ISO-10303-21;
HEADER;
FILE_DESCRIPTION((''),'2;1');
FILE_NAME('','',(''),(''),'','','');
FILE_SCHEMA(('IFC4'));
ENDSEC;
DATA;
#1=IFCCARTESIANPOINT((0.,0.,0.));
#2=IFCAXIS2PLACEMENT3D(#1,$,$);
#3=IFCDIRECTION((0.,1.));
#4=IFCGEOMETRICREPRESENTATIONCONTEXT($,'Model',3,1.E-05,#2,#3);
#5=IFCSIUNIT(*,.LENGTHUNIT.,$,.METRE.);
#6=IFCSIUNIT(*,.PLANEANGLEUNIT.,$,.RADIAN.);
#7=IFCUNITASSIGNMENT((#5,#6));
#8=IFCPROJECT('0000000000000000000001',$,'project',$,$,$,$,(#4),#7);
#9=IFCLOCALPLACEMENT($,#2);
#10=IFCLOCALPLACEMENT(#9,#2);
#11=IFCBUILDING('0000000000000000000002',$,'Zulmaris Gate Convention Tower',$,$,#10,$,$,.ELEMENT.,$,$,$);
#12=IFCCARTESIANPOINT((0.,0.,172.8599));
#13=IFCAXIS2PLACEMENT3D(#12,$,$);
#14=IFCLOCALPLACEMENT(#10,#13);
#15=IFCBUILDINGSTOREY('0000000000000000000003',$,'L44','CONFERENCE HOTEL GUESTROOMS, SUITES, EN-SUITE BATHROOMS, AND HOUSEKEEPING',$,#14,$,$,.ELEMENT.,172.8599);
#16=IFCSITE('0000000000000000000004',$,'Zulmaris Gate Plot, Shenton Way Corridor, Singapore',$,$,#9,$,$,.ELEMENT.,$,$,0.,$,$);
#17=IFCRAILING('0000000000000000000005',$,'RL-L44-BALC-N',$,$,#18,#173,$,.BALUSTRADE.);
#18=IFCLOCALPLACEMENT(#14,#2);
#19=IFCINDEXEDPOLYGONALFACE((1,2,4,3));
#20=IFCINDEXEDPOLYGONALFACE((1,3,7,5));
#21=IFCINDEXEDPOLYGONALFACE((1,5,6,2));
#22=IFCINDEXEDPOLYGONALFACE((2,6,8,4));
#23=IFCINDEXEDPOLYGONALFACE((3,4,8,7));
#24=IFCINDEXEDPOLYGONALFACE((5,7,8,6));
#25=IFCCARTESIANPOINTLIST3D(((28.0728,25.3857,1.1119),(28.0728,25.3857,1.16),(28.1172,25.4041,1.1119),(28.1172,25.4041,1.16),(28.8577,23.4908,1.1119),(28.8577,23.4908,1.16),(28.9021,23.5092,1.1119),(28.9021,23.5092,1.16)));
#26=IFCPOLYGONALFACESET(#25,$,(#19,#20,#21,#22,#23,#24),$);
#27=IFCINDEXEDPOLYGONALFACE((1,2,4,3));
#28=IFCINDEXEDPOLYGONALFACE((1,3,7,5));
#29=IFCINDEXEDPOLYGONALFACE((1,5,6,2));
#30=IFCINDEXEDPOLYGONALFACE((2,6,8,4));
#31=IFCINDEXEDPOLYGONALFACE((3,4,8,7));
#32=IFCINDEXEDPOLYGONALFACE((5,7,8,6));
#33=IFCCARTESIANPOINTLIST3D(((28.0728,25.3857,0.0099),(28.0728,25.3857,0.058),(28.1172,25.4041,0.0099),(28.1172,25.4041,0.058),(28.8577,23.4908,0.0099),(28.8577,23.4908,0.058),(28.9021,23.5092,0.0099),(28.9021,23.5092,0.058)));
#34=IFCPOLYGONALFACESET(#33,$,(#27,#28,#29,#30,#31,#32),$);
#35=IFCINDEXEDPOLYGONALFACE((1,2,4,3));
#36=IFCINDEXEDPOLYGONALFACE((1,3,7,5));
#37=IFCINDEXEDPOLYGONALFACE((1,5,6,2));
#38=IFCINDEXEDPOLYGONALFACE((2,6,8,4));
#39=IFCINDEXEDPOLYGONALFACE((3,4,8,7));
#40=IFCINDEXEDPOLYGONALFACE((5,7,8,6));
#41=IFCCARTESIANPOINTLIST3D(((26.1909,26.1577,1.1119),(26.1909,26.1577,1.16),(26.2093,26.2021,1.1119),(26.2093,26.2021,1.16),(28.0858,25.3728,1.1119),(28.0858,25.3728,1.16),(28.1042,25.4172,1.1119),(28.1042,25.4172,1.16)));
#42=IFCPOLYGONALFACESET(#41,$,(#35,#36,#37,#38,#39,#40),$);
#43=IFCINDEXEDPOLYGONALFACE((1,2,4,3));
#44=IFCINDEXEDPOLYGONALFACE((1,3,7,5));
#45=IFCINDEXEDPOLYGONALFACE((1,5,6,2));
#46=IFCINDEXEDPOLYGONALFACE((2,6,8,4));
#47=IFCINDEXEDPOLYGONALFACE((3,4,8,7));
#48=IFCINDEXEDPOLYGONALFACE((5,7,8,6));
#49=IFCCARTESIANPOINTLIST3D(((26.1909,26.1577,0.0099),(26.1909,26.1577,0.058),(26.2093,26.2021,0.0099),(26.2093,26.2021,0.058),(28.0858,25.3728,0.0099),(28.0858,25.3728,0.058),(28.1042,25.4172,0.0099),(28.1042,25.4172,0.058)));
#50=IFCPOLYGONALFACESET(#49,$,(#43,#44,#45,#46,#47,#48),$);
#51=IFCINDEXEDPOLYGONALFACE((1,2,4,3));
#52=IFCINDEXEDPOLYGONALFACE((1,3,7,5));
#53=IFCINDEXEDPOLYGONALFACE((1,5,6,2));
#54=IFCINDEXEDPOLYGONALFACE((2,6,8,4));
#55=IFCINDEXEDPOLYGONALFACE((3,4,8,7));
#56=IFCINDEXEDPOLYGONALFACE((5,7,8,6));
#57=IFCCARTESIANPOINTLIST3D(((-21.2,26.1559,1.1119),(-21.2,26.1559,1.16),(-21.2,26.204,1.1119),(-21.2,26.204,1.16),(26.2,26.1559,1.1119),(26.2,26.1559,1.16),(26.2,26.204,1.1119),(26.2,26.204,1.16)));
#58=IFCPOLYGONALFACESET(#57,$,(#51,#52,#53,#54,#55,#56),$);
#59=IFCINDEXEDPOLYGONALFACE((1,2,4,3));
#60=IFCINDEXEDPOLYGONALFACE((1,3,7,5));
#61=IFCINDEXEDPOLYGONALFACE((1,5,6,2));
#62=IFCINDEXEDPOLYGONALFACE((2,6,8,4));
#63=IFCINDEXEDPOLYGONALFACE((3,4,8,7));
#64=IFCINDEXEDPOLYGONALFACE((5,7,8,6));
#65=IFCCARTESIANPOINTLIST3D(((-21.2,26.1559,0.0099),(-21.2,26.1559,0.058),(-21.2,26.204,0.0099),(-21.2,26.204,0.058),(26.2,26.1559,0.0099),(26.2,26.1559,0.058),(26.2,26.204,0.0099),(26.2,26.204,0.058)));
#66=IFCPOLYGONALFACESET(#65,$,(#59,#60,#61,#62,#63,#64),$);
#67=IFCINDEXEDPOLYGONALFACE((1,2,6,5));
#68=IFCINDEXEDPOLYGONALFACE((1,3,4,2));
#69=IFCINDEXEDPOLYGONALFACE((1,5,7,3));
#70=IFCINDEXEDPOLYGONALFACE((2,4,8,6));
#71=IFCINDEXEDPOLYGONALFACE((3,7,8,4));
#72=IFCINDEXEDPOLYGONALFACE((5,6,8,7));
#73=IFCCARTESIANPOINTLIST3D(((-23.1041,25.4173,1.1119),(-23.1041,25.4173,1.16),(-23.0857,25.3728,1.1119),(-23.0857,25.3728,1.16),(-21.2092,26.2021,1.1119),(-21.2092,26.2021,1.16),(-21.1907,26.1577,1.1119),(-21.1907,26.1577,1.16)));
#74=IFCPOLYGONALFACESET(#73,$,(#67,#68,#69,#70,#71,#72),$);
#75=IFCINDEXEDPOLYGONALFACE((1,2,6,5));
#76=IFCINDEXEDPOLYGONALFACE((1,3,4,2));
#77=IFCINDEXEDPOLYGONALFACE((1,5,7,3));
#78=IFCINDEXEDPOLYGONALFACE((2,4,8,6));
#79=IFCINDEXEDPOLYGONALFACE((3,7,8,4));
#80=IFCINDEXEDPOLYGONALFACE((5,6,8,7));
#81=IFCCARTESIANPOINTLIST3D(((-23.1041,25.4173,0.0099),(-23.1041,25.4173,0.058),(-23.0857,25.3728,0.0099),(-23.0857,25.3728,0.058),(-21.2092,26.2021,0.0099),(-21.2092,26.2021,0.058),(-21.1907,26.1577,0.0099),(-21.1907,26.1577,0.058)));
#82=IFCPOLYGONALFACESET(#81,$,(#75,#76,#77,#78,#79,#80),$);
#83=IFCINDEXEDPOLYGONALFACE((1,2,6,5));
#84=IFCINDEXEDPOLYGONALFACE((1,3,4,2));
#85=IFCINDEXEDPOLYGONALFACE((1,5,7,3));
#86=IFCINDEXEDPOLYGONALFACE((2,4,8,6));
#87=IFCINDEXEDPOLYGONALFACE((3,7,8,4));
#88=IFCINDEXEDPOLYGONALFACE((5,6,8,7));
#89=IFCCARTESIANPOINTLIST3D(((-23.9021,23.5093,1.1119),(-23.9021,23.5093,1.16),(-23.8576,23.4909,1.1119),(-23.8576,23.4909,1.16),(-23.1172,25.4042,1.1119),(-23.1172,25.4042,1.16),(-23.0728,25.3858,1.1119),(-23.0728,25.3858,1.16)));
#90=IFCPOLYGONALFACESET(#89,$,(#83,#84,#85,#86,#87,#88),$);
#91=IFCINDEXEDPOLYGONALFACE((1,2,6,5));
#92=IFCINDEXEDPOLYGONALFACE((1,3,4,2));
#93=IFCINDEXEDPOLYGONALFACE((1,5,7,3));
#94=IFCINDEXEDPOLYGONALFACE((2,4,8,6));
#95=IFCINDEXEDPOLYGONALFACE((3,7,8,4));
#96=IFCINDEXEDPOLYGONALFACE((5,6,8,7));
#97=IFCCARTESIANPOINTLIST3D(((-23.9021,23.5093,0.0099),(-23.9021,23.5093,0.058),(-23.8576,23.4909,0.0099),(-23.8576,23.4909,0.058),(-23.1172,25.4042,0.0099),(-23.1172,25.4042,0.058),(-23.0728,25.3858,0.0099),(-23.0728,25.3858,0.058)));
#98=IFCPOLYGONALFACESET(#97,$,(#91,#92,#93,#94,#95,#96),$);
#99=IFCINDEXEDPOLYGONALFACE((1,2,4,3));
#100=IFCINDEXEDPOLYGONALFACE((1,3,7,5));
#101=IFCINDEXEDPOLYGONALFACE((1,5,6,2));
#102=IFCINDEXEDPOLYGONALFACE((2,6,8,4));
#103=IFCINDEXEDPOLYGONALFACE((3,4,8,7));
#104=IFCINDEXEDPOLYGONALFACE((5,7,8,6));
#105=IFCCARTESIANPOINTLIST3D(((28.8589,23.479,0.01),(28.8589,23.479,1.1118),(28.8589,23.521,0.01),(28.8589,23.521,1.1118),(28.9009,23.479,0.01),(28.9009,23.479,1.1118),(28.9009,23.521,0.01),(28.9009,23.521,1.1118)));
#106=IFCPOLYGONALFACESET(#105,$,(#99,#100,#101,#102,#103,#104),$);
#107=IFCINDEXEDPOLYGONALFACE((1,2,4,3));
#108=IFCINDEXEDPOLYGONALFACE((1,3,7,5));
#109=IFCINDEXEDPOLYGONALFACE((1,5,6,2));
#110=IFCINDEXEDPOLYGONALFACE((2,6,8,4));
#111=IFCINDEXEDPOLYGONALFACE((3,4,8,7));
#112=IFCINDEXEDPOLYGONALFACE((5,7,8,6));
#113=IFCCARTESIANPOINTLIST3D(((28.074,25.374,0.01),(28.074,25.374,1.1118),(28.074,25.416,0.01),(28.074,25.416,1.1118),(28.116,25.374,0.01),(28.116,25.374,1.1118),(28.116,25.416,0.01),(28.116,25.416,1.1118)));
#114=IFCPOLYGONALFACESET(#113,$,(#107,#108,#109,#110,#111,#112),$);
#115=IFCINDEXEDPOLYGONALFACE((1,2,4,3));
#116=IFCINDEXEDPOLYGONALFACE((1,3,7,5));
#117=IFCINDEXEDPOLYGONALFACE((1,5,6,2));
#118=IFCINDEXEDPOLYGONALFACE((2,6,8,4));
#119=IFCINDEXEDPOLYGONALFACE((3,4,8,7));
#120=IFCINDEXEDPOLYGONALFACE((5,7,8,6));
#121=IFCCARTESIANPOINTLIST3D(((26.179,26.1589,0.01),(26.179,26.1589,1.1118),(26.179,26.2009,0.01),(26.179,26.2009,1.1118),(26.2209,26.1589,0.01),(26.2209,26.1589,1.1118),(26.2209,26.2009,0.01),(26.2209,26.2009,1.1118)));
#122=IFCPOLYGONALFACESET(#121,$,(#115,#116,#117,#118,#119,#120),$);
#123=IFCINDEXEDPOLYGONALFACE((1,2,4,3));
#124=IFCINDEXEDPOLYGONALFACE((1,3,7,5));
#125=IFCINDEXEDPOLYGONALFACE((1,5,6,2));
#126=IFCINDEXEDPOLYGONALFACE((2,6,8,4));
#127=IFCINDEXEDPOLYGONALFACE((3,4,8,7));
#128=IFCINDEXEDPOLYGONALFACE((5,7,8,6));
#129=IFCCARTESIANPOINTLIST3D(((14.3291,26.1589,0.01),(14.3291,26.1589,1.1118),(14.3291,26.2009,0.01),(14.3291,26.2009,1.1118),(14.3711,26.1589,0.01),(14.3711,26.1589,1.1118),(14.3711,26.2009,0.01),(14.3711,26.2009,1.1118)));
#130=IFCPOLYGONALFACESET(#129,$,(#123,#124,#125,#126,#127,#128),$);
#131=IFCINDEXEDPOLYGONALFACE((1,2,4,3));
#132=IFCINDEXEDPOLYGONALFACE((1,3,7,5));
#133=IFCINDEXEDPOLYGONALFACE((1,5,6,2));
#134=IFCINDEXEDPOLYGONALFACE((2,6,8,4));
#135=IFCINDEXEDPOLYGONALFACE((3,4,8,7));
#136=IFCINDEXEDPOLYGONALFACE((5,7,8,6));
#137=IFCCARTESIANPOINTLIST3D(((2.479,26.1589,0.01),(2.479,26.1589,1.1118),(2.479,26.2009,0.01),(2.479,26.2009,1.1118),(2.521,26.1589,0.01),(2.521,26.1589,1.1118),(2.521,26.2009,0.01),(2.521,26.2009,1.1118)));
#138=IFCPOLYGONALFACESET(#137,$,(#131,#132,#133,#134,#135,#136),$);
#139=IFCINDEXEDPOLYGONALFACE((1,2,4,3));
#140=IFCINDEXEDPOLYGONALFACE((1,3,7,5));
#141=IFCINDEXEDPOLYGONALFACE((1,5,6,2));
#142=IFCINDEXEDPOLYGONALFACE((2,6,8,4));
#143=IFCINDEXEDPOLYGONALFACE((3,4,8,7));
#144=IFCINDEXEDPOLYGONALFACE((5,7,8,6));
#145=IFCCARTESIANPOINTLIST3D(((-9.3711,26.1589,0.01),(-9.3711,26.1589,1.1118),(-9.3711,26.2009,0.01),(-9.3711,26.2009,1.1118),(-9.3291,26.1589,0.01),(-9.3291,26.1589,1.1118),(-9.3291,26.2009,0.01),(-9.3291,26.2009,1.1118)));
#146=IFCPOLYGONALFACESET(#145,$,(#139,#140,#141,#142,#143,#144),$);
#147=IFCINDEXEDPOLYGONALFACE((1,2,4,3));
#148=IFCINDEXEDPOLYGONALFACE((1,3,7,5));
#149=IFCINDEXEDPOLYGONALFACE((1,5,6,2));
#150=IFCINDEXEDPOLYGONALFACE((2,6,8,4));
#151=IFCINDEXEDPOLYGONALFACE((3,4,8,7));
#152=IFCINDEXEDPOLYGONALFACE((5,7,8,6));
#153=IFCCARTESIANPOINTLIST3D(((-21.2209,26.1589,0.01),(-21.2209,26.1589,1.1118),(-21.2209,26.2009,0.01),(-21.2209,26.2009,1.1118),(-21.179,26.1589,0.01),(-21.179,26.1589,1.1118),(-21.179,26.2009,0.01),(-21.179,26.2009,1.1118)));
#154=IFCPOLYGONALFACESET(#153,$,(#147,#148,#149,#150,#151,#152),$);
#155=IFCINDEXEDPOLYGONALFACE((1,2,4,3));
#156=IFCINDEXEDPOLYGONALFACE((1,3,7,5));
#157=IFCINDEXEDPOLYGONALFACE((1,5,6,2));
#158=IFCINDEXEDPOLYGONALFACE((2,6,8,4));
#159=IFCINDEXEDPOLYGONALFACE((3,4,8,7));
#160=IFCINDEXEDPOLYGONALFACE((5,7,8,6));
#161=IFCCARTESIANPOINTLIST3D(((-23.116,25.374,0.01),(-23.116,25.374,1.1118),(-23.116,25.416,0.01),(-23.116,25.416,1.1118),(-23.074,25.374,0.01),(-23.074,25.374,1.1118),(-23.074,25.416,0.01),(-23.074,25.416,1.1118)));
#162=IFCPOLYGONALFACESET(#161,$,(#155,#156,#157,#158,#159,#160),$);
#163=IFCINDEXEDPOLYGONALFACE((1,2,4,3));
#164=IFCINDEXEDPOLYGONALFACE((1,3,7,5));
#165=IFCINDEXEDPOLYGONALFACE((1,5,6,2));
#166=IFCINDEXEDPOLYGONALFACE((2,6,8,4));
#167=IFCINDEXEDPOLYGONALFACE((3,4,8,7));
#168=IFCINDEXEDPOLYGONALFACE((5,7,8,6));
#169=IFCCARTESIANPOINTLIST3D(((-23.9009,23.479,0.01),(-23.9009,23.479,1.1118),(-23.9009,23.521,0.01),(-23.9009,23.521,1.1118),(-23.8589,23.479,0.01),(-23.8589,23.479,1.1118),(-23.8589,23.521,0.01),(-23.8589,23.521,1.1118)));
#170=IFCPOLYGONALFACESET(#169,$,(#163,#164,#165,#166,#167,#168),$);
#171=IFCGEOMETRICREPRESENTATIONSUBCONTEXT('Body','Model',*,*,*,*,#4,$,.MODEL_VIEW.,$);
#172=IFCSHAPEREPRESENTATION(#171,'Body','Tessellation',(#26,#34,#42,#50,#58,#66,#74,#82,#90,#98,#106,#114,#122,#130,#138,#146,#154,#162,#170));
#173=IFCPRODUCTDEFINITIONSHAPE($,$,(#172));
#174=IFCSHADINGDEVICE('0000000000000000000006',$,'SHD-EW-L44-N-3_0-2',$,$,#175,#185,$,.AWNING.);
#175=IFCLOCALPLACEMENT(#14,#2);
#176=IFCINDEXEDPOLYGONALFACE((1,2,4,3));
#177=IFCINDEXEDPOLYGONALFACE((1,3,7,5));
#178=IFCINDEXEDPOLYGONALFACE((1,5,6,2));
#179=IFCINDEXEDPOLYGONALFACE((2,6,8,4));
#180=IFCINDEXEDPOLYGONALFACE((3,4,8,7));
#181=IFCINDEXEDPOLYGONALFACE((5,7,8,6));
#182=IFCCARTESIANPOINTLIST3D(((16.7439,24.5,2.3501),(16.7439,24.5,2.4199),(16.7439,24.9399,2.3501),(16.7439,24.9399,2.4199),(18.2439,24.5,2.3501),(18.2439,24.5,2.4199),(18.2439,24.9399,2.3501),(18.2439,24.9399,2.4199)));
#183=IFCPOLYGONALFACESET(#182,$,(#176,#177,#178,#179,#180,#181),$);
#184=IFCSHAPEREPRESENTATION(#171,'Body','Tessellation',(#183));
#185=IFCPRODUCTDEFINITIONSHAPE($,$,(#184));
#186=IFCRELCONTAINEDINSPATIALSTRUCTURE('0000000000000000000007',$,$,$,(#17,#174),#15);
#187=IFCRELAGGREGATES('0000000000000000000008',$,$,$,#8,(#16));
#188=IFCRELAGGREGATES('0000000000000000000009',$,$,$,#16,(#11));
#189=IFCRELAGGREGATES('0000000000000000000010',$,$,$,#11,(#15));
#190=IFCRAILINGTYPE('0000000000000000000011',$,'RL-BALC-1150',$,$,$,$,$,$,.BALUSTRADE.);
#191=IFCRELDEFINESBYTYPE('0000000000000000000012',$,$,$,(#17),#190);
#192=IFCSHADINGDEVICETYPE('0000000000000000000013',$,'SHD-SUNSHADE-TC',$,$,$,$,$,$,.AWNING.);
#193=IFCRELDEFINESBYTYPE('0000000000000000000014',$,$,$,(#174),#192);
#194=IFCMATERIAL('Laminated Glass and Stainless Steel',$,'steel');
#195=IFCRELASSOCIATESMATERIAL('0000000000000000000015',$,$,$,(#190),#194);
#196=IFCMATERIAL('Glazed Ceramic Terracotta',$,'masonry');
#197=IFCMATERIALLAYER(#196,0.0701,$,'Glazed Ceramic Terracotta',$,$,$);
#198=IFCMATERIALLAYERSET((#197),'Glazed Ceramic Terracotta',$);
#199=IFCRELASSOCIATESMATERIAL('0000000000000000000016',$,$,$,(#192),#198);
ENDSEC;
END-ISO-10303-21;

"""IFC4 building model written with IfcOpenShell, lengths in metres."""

from ifc_helpers import new_model, si_unit, direction, frame, frame_2d, origin, origin_2d, place, context, subcontext, project, spatial, rectangle, extrude, material, layer, layer_set, type_object, element, save


model = new_model("IFC4")

# Units and contexts
model_context = context("Model", 3, precision=1e-05, world=origin(), true_north=direction((0.0, 1.0)))
body_context = subcontext(model_context, "Body", "Model", "MODEL_VIEW")
ifc_project = project(units=[si_unit("LENGTHUNIT", "METRE"), si_unit("PLANEANGLEUNIT", "RADIAN")], contexts=[model_context])

# Site, building, storey
site_placement = place(None, origin())
site = spatial("IfcSite", under=ifc_project, at=site_placement, Name="Zulmaris Gate Plot, Shenton Way Corridor, Singapore", CompositionType="ELEMENT", RefElevation=0.0)
building_placement = place(site_placement, origin())
building = spatial("IfcBuilding", under=site, at=building_placement, Name="Zulmaris Gate Convention Tower", CompositionType="ELEMENT")
storey_placement = place(building_placement, frame((0.0, 0.0, 172.8599)))
storey = spatial("IfcBuildingStorey", under=building, at=storey_placement, Name="L44", Description="CONFERENCE HOTEL GUESTROOMS, SUITES, EN-SUITE BATHROOMS, AND HOUSEKEEPING", CompositionType="ELEMENT", Elevation=172.8599)

# Railing
ifc_material_1 = material(Name="Laminated Glass and Stainless Steel", Category="steel")
railing_type = type_object("IfcRailingType", Name="RL-BALC-1150", PredefinedType="BALUSTRADE", material=ifc_material_1)
railing_placement = place(storey_placement, frame((28.8799, 23.5, 0.01)))
element("IfcRailing", 1, at=railing_placement, inside=storey, type_object=railing_type, Name="RL-L44-BALC-N", PredefinedType="BALUSTRADE", context=body_context, shape_type="SweptSolid", body=[
    extrude(rectangle(XDim=0.0481, YDim=0.0481, at=origin_2d()), frame((0.0, 0.0, 1.126), z_axis=(-0.382671, 0.923885, 0.0), x_axis=(-0.923885, -0.382671, 0.0)), (0.0, 0.0, 1.0), 2.051),
    extrude(rectangle(XDim=0.0481, YDim=0.0481, at=origin_2d()), frame((0.0, 0.0, 0.0239), z_axis=(-0.382671, 0.923885, 0.0), x_axis=(-0.923885, -0.382671, 0.0)), (0.0, 0.0, 1.0), 2.051),
    extrude(rectangle(XDim=0.0481, YDim=0.0481, at=origin_2d()), frame((-0.7849, 1.895, 1.126), z_axis=(-0.923885, 0.382671, 0.0), x_axis=(-0.382671, -0.923885, 0.0)), (0.0, 0.0, 1.0), 2.051),
    extrude(rectangle(XDim=0.0481, YDim=0.0481, at=origin_2d()), frame((-0.7849, 1.895, 0.0239), z_axis=(-0.923885, 0.382671, 0.0), x_axis=(-0.382671, -0.923885, 0.0)), (0.0, 0.0, 1.0), 2.051),
    extrude(rectangle(XDim=0.0481, YDim=0.0481, at=origin_2d()), frame((-2.6799, 2.6799, 1.126), z_axis=(-1.0, 0.0, 0.0), x_axis=(0.0, -1.0, 0.0)), (0.0, 0.0, 1.0), 47.3999),
    extrude(rectangle(XDim=0.0481, YDim=0.0481, at=origin_2d()), frame((-2.6799, 2.6799, 0.0239), z_axis=(-1.0, 0.0, 0.0), x_axis=(0.0, -1.0, 0.0)), (0.0, 0.0, 1.0), 47.3999),
    extrude(rectangle(XDim=0.0481, YDim=0.0481, at=origin_2d()), frame((-50.0798, 2.6799, 1.126), z_axis=(-0.923885, -0.382671, 0.0), x_axis=(0.382671, -0.923885, 0.0)), (0.0, 0.0, 1.0), 2.051),
    extrude(rectangle(XDim=0.0481, YDim=0.0481, at=origin_2d()), frame((-50.0798, 2.6799, 0.0239), z_axis=(-0.923885, -0.382671, 0.0), x_axis=(0.382671, -0.923885, 0.0)), (0.0, 0.0, 1.0), 2.051),
    extrude(rectangle(XDim=0.0481, YDim=0.0481, at=origin_2d()), frame((-51.9749, 1.895, 1.126), z_axis=(-0.382671, -0.923885, 0.0), x_axis=(0.923885, -0.382671, 0.0)), (0.0, 0.0, 1.0), 2.051),
    extrude(rectangle(XDim=0.0481, YDim=0.0481, at=origin_2d()), frame((-51.9749, 1.895, 0.0239), z_axis=(-0.382671, -0.923885, 0.0), x_axis=(0.923885, -0.382671, 0.0)), (0.0, 0.0, 1.0), 2.051),
    extrude(rectangle(XDim=0.042, YDim=0.042, at=origin_2d()), origin(), (0.0, 0.0, 1.0), 1.1018),
    extrude(rectangle(XDim=0.042, YDim=0.042, at=origin_2d()), frame((-0.7849, 1.895, 0.0)), (0.0, 0.0, 1.0), 1.1018),
    extrude(rectangle(XDim=0.042, YDim=0.042, at=origin_2d()), frame((-2.6799, 2.6799, 0.0)), (0.0, 0.0, 1.0), 1.1018),
    extrude(rectangle(XDim=0.042, YDim=0.042, at=origin_2d()), frame((-14.5298, 2.6799, 0.0)), (0.0, 0.0, 1.0), 1.1018),
    extrude(rectangle(XDim=0.042, YDim=0.042, at=origin_2d()), frame((-26.3799, 2.6799, 0.0)), (0.0, 0.0, 1.0), 1.1018),
    extrude(rectangle(XDim=0.042, YDim=0.042, at=origin_2d()), frame((-38.23, 2.6799, 0.0)), (0.0, 0.0, 1.0), 1.1018),
    extrude(rectangle(XDim=0.042, YDim=0.042, at=origin_2d()), frame((-50.0798, 2.6799, 0.0)), (0.0, 0.0, 1.0), 1.1018),
    extrude(rectangle(XDim=0.042, YDim=0.042, at=origin_2d()), frame((-51.9749, 1.895, 0.0)), (0.0, 0.0, 1.0), 1.1018),
    extrude(rectangle(XDim=0.042, YDim=0.042, at=origin_2d()), frame((-52.7598, 0.0, 0.0)), (0.0, 0.0, 1.0), 1.1018),
])

# Shading device
ifc_material_2 = material(Name="Glazed Ceramic Terracotta", Category="masonry")
ifc_layer_1 = layer(ifc_material_2, 0.0701, Name="Glazed Ceramic Terracotta")
ifc_layer_set_1 = layer_set([ifc_layer_1], Name="Glazed Ceramic Terracotta")
shading_device_type = type_object("IfcShadingDeviceType", Name="SHD-SUNSHADE-TC", PredefinedType="AWNING", material=ifc_layer_set_1)
shading_device_placement = place(storey_placement, frame((18.2439, 24.72, 2.3501), z_axis=(0.0, 0.0, 1.0), x_axis=(-1.0, 0.0, 0.0)))
element("IfcShadingDevice", 2, at=shading_device_placement, inside=storey, type_object=shading_device_type, Name="SHD-EW-L44-N-3_0-2", PredefinedType="AWNING", context=body_context, shape_type="SweptSolid", body=[
    extrude(rectangle(XDim=1.5, YDim=0.4399, at=frame_2d((0.75, 0.0))), origin(), (0.0, 0.0, 1.0), 0.0698),
])

save(model, "model.ifc")
